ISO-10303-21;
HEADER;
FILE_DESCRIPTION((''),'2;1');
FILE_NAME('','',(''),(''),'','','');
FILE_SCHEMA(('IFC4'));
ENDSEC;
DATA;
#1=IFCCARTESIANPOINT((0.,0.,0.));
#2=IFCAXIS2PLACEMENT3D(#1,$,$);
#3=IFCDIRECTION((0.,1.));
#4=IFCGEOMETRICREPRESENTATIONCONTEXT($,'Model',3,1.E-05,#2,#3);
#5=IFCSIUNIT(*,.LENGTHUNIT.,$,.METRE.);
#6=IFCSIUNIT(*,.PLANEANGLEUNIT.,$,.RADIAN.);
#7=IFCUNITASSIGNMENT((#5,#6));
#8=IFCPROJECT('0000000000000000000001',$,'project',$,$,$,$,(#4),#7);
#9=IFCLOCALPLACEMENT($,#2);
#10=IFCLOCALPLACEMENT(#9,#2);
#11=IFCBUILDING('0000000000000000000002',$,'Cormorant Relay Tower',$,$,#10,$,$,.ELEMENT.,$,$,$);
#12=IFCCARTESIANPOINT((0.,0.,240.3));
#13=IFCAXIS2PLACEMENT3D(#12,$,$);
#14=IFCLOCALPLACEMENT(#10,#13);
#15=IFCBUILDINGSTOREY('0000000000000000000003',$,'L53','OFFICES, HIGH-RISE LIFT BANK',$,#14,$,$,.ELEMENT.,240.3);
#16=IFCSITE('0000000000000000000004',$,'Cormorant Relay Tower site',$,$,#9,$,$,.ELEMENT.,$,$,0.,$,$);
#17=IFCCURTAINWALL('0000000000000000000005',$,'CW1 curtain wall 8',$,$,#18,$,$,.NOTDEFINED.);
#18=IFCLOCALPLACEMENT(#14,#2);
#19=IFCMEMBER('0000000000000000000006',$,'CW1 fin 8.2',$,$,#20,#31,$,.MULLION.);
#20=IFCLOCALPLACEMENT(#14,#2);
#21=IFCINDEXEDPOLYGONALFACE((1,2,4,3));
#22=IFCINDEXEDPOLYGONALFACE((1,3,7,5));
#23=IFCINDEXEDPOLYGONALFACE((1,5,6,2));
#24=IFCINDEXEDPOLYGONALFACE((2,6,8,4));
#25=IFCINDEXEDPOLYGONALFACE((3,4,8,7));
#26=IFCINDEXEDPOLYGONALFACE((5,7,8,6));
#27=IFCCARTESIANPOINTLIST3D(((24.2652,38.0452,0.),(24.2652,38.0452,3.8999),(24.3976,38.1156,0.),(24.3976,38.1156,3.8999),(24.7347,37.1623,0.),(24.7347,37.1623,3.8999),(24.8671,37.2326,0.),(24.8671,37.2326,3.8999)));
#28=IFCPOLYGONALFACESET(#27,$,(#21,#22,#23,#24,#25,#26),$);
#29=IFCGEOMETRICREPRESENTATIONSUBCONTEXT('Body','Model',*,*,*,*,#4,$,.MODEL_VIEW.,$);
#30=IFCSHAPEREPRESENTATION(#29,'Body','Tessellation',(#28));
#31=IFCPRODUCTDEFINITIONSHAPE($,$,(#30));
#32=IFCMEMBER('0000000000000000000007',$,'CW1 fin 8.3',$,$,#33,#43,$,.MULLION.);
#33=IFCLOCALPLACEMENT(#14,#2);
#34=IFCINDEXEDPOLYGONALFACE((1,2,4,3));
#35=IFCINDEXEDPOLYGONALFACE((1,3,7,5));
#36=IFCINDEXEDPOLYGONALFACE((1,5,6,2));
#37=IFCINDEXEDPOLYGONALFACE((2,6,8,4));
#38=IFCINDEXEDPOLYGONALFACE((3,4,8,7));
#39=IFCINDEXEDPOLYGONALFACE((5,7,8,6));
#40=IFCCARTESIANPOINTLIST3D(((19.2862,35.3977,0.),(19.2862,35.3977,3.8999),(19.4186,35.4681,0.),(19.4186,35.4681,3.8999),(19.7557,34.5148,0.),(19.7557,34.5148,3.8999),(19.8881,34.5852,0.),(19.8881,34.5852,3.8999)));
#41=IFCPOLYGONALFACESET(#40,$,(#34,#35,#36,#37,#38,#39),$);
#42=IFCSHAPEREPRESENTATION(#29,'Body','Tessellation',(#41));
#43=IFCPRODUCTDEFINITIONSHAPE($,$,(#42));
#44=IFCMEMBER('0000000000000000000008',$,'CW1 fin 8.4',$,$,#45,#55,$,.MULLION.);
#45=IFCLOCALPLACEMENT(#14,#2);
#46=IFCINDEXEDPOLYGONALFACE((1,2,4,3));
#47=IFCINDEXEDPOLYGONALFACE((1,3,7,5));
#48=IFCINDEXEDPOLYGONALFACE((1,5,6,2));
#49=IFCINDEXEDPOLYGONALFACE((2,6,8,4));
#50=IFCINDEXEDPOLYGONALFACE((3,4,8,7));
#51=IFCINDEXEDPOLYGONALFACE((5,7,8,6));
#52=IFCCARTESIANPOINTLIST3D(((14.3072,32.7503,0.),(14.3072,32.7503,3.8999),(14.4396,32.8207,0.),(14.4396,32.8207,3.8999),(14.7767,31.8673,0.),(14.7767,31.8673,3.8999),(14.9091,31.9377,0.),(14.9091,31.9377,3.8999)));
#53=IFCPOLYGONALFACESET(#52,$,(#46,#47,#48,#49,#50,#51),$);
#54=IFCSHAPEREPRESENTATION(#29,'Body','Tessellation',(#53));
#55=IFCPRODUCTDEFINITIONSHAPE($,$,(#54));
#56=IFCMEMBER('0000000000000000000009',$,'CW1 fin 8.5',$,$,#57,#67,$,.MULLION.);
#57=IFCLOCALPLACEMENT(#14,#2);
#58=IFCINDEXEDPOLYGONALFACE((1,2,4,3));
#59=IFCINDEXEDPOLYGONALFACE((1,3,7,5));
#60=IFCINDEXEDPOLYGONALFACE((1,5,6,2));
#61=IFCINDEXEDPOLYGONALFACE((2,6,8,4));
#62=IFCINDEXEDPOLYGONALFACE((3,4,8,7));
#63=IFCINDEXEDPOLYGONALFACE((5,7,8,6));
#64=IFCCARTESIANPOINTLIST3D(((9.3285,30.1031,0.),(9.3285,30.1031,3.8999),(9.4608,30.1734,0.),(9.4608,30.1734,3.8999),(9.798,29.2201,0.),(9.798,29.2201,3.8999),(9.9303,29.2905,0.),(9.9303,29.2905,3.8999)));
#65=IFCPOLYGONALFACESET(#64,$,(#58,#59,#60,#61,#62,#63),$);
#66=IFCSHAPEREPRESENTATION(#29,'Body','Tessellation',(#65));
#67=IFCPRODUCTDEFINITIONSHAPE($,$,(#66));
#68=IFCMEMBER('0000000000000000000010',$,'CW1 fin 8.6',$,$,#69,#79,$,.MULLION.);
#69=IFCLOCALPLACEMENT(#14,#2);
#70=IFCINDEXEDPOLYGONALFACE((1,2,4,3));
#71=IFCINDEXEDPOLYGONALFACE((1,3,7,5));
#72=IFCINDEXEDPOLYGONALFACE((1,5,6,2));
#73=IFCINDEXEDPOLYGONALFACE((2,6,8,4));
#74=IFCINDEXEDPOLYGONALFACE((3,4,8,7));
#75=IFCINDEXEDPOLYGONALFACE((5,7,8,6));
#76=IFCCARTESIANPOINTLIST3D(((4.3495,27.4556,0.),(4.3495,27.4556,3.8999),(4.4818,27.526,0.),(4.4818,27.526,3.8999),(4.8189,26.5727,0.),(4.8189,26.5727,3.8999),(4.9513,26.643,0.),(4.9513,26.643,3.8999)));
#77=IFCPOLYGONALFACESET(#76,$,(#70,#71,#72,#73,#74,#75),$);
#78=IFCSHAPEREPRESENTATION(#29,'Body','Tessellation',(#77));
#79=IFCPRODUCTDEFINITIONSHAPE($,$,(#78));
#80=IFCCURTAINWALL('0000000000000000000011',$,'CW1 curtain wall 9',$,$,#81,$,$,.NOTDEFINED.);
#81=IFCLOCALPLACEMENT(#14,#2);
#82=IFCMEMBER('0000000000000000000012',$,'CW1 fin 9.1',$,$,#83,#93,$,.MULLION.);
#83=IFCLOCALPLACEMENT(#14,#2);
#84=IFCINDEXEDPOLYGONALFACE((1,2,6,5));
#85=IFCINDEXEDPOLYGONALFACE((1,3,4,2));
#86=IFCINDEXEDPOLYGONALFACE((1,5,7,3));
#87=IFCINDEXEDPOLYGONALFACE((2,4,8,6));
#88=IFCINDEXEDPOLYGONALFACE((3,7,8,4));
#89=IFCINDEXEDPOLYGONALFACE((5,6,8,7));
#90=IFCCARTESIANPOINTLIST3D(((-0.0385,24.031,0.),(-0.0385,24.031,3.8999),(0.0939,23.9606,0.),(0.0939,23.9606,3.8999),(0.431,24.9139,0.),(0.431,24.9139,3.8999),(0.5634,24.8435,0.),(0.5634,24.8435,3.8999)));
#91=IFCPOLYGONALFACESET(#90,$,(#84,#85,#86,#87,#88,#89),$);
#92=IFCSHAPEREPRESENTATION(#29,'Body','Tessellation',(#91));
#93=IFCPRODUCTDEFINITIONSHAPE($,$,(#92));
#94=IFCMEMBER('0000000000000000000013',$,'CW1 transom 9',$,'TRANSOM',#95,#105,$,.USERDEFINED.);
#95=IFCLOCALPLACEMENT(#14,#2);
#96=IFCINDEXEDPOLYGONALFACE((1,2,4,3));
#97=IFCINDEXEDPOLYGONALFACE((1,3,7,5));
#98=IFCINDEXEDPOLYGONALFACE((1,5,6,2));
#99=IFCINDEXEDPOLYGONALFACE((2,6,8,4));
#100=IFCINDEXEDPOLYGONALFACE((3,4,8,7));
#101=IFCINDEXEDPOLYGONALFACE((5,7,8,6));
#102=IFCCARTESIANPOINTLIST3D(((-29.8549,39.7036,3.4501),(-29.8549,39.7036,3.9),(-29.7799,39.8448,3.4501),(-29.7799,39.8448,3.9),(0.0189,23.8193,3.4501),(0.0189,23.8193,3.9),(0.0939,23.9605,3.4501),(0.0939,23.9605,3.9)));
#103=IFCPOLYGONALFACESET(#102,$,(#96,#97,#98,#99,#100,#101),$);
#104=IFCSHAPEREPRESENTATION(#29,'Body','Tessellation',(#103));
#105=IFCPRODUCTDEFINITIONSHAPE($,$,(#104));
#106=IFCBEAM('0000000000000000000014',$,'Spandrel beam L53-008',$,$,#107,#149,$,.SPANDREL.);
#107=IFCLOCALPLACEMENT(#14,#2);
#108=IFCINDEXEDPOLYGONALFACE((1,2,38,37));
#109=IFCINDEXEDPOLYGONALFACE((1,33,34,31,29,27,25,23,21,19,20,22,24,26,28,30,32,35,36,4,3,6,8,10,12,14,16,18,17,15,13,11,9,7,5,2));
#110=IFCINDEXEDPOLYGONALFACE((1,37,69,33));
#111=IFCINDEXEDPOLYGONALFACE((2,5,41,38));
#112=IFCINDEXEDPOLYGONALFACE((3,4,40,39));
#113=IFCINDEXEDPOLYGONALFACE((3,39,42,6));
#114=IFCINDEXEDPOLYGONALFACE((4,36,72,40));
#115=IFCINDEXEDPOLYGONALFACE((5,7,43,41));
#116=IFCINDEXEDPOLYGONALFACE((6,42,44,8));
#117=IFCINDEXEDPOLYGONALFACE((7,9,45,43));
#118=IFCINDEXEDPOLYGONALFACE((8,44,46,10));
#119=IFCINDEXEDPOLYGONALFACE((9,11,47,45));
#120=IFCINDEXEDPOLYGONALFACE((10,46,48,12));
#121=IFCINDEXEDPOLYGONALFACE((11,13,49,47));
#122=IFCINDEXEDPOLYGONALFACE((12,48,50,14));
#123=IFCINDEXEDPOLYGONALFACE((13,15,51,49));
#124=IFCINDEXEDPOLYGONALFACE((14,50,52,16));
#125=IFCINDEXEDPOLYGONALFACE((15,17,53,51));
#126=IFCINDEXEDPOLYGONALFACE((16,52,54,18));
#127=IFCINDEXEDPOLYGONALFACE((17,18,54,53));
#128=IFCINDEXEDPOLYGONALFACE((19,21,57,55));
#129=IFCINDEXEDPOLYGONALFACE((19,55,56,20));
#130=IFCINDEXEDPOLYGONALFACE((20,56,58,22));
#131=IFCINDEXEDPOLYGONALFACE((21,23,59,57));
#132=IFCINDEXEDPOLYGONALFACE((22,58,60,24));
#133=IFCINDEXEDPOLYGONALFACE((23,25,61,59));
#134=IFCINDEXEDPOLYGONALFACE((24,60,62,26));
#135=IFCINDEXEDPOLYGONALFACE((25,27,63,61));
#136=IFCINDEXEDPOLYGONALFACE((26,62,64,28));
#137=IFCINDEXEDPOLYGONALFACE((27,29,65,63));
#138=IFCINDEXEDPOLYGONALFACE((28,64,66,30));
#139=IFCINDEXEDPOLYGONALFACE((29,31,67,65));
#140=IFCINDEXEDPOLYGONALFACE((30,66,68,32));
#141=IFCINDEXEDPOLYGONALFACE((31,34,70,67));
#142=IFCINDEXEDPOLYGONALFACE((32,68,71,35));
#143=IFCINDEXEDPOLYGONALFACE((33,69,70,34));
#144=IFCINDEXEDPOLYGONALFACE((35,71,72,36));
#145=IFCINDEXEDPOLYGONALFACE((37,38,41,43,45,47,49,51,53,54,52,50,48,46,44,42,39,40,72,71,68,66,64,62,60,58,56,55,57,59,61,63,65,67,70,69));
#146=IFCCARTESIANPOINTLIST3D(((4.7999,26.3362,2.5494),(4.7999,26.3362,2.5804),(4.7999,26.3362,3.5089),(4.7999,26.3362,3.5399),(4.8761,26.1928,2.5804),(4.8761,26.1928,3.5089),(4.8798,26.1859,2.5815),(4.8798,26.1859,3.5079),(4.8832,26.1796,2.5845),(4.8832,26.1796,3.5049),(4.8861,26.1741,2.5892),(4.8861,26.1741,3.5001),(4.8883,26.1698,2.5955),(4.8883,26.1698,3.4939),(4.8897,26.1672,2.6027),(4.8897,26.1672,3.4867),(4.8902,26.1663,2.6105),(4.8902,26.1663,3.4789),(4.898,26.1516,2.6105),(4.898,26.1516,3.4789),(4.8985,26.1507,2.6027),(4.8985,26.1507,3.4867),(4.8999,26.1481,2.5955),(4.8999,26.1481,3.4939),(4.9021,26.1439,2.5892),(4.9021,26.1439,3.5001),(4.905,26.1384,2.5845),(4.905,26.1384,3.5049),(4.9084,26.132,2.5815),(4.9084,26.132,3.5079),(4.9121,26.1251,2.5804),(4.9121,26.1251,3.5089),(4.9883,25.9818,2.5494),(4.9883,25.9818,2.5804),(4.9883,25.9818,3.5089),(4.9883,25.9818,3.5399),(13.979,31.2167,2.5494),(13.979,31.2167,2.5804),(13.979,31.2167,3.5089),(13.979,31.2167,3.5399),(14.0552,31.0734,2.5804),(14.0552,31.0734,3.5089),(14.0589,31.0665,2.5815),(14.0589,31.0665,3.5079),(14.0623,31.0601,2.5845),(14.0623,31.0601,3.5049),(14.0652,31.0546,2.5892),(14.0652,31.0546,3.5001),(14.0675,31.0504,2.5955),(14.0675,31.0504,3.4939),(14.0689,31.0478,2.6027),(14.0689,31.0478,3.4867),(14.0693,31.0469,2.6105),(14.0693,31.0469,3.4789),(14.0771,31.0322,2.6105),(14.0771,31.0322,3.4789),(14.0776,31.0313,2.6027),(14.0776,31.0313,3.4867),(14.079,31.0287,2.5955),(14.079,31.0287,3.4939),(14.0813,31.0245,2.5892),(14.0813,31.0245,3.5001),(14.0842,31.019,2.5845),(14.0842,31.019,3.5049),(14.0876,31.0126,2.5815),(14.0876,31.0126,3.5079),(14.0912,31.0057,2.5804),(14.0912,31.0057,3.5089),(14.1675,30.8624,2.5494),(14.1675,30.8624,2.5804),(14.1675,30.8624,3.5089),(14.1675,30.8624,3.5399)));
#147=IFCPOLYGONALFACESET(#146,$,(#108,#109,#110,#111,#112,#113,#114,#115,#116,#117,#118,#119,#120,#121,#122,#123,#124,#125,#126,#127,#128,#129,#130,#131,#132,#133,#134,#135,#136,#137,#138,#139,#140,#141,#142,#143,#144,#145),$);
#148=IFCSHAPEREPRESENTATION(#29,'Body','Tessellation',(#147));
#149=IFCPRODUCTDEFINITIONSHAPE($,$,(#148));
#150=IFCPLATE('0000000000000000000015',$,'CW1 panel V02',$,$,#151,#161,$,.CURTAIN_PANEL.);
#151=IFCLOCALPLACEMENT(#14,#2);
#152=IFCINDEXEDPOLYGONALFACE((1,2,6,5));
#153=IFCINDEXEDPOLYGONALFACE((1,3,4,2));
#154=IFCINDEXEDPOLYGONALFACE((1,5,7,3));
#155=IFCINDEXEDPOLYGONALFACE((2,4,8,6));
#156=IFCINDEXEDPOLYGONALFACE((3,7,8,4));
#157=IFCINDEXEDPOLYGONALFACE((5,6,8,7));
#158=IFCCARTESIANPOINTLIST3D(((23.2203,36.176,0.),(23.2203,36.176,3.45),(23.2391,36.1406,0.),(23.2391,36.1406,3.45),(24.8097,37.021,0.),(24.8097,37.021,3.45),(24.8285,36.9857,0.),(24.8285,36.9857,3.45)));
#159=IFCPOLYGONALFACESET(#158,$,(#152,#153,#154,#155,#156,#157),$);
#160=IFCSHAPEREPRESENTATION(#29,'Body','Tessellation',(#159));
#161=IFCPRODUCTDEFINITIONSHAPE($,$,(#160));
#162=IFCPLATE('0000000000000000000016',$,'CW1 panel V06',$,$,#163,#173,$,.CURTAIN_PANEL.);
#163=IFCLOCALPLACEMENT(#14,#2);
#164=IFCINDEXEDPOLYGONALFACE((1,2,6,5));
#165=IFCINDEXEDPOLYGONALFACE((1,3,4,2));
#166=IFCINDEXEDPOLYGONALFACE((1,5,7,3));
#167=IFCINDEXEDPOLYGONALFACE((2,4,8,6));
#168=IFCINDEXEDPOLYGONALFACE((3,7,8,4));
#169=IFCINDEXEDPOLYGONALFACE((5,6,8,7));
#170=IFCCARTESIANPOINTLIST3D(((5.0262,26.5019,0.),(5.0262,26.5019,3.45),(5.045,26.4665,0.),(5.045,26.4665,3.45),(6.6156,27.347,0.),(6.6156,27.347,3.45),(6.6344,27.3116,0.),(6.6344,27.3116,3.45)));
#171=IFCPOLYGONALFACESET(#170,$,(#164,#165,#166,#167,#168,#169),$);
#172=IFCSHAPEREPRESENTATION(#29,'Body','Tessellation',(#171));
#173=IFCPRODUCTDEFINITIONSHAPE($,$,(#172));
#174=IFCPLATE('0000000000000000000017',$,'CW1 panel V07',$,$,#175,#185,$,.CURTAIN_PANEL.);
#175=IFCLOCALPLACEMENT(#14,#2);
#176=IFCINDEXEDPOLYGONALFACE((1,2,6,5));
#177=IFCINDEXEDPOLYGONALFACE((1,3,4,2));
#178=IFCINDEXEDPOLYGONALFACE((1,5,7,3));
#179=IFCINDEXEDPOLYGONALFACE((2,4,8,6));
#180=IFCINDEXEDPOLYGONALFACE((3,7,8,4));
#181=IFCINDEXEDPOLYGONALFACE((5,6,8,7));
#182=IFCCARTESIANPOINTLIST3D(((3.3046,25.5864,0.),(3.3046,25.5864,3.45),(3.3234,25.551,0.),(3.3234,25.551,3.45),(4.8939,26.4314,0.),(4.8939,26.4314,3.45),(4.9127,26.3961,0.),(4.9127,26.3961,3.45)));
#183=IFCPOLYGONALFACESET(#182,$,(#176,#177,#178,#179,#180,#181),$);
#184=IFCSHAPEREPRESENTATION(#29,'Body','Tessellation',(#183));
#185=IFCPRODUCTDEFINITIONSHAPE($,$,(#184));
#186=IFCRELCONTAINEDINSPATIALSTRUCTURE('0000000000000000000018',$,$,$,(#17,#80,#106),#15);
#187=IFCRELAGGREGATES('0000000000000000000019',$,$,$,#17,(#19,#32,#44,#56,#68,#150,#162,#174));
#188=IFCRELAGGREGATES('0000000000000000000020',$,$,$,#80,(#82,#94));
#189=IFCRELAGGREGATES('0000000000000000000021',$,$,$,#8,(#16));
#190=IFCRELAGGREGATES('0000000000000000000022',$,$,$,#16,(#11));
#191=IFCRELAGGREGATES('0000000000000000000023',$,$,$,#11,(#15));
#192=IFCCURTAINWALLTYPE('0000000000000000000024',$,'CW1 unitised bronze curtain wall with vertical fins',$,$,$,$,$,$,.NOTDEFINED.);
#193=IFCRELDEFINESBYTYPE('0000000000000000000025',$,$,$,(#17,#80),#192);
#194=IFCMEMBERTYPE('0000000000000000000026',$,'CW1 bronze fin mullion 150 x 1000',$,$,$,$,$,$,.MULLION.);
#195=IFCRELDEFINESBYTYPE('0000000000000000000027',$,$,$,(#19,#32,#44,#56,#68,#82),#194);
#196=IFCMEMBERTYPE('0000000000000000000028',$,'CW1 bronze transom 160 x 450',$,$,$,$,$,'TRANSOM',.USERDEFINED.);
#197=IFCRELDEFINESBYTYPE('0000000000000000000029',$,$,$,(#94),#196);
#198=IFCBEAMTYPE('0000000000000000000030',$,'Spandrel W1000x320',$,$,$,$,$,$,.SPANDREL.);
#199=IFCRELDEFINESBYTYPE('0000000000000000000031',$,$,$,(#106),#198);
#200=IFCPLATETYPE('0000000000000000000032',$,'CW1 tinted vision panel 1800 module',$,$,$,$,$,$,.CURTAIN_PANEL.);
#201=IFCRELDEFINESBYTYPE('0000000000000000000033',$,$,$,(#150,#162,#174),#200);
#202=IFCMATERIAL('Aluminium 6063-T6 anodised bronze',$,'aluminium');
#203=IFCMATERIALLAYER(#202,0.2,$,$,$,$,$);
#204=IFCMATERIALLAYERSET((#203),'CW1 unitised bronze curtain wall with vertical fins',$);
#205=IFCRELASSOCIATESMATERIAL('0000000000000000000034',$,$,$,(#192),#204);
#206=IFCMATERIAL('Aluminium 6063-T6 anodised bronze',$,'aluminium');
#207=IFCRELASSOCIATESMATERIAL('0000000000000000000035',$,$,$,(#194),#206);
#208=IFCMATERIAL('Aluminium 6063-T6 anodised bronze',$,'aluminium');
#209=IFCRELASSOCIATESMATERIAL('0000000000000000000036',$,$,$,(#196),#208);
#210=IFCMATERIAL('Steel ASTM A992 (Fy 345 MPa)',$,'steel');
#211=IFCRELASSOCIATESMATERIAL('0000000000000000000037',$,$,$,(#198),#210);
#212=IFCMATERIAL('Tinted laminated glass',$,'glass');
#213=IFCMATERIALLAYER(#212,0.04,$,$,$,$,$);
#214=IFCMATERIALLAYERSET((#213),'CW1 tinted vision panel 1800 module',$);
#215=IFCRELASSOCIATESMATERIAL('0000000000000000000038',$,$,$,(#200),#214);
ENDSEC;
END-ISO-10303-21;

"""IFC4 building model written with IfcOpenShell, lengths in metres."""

from ifc_helpers import new_model, si_unit, direction, frame, origin, origin_2d, place, context, subcontext, project, spatial, rectangle, i_section, extrude, material, layer, layer_set, material_profile, profile_set, type_object, element, aggregate, save


model = new_model("IFC4")

# Units and contexts
model_context = context("Model", 3, precision=1e-05, world=origin(), true_north=direction((0.0, 1.0)))
body_context = subcontext(model_context, "Body", "Model", "MODEL_VIEW")
ifc_project = project(units=[si_unit("LENGTHUNIT", "METRE"), si_unit("PLANEANGLEUNIT", "RADIAN")], contexts=[model_context])

# Site, building, storey
site_placement = place(None, origin())
site = spatial("IfcSite", under=ifc_project, at=site_placement, Name="Cormorant Relay Tower site", CompositionType="ELEMENT", RefElevation=0.0)
building_placement = place(site_placement, origin())
building = spatial("IfcBuilding", under=site, at=building_placement, Name="Cormorant Relay Tower", CompositionType="ELEMENT")
storey_placement = place(building_placement, frame((0.0, 0.0, 240.3)))
storey = spatial("IfcBuildingStorey", under=building, at=storey_placement, Name="L53", Description="OFFICES, HIGH-RISE LIFT BANK", CompositionType="ELEMENT", Elevation=240.3)

# Curtain walls, members
ifc_material_1 = material(Name="Aluminium 6063-T6 anodised bronze", Category="aluminium")
ifc_layer_1 = layer(ifc_material_1, 0.2)
ifc_layer_set_1 = layer_set([ifc_layer_1], Name="CW1 unitised bronze curtain wall with vertical fins")
curtain_wall_type = type_object("IfcCurtainWallType", Name="CW1 unitised bronze curtain wall with vertical fins", PredefinedType="NOTDEFINED", material=ifc_layer_set_1)
curtain_wall_1_placement = place(storey_placement, origin())
curtain_wall_1 = element("IfcCurtainWall", 1, at=curtain_wall_1_placement, inside=storey, type_object=curtain_wall_type, Name="CW1 curtain wall 8", PredefinedType="NOTDEFINED")
ifc_material_2 = material(Name="Aluminium 6063-T6 anodised bronze", Category="aluminium")
ifc_material_profile_1 = material_profile(ifc_material_2, rectangle(XDim=0.1499, YDim=1.0, at=origin_2d()), Name="AL 150x1000")
ifc_profile_set_1 = profile_set([ifc_material_profile_1], Name="Aluminium 6063-T6 anodised bronze")
member_type_1 = type_object("IfcMemberType", Name="CW1 bronze fin mullion 150 x 1000", PredefinedType="MULLION", material=ifc_profile_set_1)
member_1_placement = place(storey_placement, frame((24.5662, 37.6389, 0.0), z_axis=(0.0, 0.0, 1.0), x_axis=(-0.882948, -0.469472, 0.0)))
member_1 = element("IfcMember", 2, at=member_1_placement, type_object=member_type_1, Name="CW1 fin 8.2", PredefinedType="MULLION", context=body_context, shape_type="SweptSolid", body=[
    extrude(rectangle(XDim=0.1499, YDim=1.0, at=origin_2d()), origin(), (0.0, 0.0, 1.0), 3.8999),
])
member_2_placement = place(storey_placement, frame((19.5872, 34.9915, 0.0), z_axis=(0.0, 0.0, 1.0), x_axis=(-0.882948, -0.469472, 0.0)))
member_2 = element("IfcMember", 3, at=member_2_placement, type_object=member_type_1, Name="CW1 fin 8.3", PredefinedType="MULLION", context=body_context, shape_type="SweptSolid", body=[
    extrude(rectangle(XDim=0.1499, YDim=1.0, at=origin_2d()), origin(), (0.0, 0.0, 1.0), 3.8999),
])
member_3_placement = place(storey_placement, frame((14.6082, 32.344, 0.0), z_axis=(0.0, 0.0, 1.0), x_axis=(-0.882948, -0.469472, 0.0)))
member_3 = element("IfcMember", 4, at=member_3_placement, type_object=member_type_1, Name="CW1 fin 8.4", PredefinedType="MULLION", context=body_context, shape_type="SweptSolid", body=[
    extrude(rectangle(XDim=0.1499, YDim=1.0, at=origin_2d()), origin(), (0.0, 0.0, 1.0), 3.8999),
])
member_4_placement = place(storey_placement, frame((9.6294, 29.6968, 0.0), z_axis=(0.0, 0.0, 1.0), x_axis=(-0.882948, -0.469472, 0.0)))
member_4 = element("IfcMember", 5, at=member_4_placement, type_object=member_type_1, Name="CW1 fin 8.5", PredefinedType="MULLION", context=body_context, shape_type="SweptSolid", body=[
    extrude(rectangle(XDim=0.1499, YDim=1.0, at=origin_2d()), origin(), (0.0, 0.0, 1.0), 3.8999),
])
member_5_placement = place(storey_placement, frame((4.6504, 27.0493, 0.0), z_axis=(0.0, 0.0, 1.0), x_axis=(-0.882948, -0.469472, 0.0)))
member_5 = element("IfcMember", 6, at=member_5_placement, type_object=member_type_1, Name="CW1 fin 8.6", PredefinedType="MULLION", context=body_context, shape_type="SweptSolid", body=[
    extrude(rectangle(XDim=0.1499, YDim=1.0, at=origin_2d()), origin(), (0.0, 0.0, 1.0), 3.8999),
])
curtain_wall_2_placement = place(storey_placement, origin())
curtain_wall_2 = element("IfcCurtainWall", 7, at=curtain_wall_2_placement, inside=storey, type_object=curtain_wall_type, Name="CW1 curtain wall 9", PredefinedType="NOTDEFINED")
member_6_placement = place(storey_placement, frame((0.2625, 24.4373, 0.0), z_axis=(0.0, 0.0, 1.0), x_axis=(-0.882948, 0.469472, 0.0)))
member_6 = element("IfcMember", 8, at=member_6_placement, type_object=member_type_1, Name="CW1 fin 9.1", PredefinedType="MULLION", context=body_context, shape_type="SweptSolid", body=[
    extrude(rectangle(XDim=0.1499, YDim=1.0, at=origin_2d()), origin(), (0.0, 0.0, 1.0), 3.8999),
])
ifc_material_3 = material(Name="Aluminium 6063-T6 anodised bronze", Category="aluminium")
ifc_material_profile_2 = material_profile(ifc_material_3, rectangle(XDim=0.1599, YDim=0.45, at=origin_2d()), Name="AL 160x450")
ifc_profile_set_2 = profile_set([ifc_material_profile_2], Name="Aluminium 6063-T6 anodised bronze")
member_type_2 = type_object("IfcMemberType", Name="CW1 bronze transom 160 x 450", ElementType="TRANSOM", PredefinedType="USERDEFINED", material=ifc_profile_set_2)
member_7_placement = place(storey_placement, frame((0.0564, 23.8899, 3.675), z_axis=(-0.882946, 0.469474, 0.0), x_axis=(-0.469474, -0.882946, 0.0)))
member_7 = element("IfcMember", 9, at=member_7_placement, type_object=member_type_2, Name="CW1 transom 9", ObjectType="TRANSOM", PredefinedType="USERDEFINED", context=body_context, shape_type="SweptSolid", body=[
    extrude(rectangle(XDim=0.1599, YDim=0.45, at=origin_2d()), origin(), (0.0, 0.0, 1.0), 33.8342),
])

# Beam
ifc_material_4 = material(Name="Steel ASTM A992 (Fy 345 MPa)", Category="steel")
ifc_material_profile_3 = material_profile(ifc_material_4, i_section(OverallWidth=0.4014, OverallDepth=0.9905, WebThickness=0.0166, FlangeThickness=0.031, FilletRadius=0.03, at=origin_2d()), Name="W1000x320")
ifc_profile_set_3 = profile_set([ifc_material_profile_3], Name="Steel ASTM A992 (Fy 345 MPa)")
beam_type = type_object("IfcBeamType", Name="Spandrel W1000x320", PredefinedType="SPANDREL", material=ifc_profile_set_3)
beam_placement = place(storey_placement, frame((14.0732, 31.0396, 3.0447), z_axis=(-0.88295, -0.469468, 0.0), x_axis=(0.469468, -0.88295, 0.0)))
element("IfcBeam", 10, at=beam_placement, inside=storey, type_object=beam_type, Name="Spandrel beam L53-008", PredefinedType="SPANDREL", context=body_context, shape_type="SweptSolid", body=[
    extrude(i_section(OverallWidth=0.4014, OverallDepth=0.9905, WebThickness=0.0166, FlangeThickness=0.031, FilletRadius=0.03, at=origin_2d()), origin(), (0.0, 0.0, 1.0), 10.396),
])

# Plates
ifc_material_5 = material(Name="Tinted laminated glass", Category="glass")
ifc_layer_2 = layer(ifc_material_5, 0.04)
ifc_layer_set_2 = layer_set([ifc_layer_2], Name="CW1 tinted vision panel 1800 module")
plate_type_1 = type_object("IfcPlateType", Name="CW1 tinted vision panel 1800 module", PredefinedType="CURTAIN_PANEL", material=ifc_layer_set_2)
plate_1_placement = place(storey_placement, frame((24.0244, 36.5808, 0.0), z_axis=(0.0, 0.0, 1.0), x_axis=(-0.882948, -0.469472, 0.0)))
plate_1 = element("IfcPlate", 11, at=plate_1_placement, type_object=plate_type_1, Name="CW1 panel V02", PredefinedType="CURTAIN_PANEL", context=body_context, shape_type="SweptSolid", body=[
    extrude(rectangle(XDim=1.8, YDim=0.04, at=origin_2d()), origin(), (0.0, 0.0, 1.0), 3.45),
])
plate_2_placement = place(storey_placement, frame((5.8303, 26.9067, 0.0), z_axis=(0.0, 0.0, 1.0), x_axis=(-0.882948, -0.469472, 0.0)))
plate_2 = element("IfcPlate", 12, at=plate_2_placement, type_object=plate_type_1, Name="CW1 panel V06", PredefinedType="CURTAIN_PANEL", context=body_context, shape_type="SweptSolid", body=[
    extrude(rectangle(XDim=1.8, YDim=0.04, at=origin_2d()), origin(), (0.0, 0.0, 1.0), 3.45),
])
plate_3_placement = place(storey_placement, frame((4.1086, 25.9912, 0.0), z_axis=(0.0, 0.0, 1.0), x_axis=(-0.882948, -0.469472, 0.0)))
plate_3 = element("IfcPlate", 13, at=plate_3_placement, type_object=plate_type_1, Name="CW1 panel V07", PredefinedType="CURTAIN_PANEL", context=body_context, shape_type="SweptSolid", body=[
    extrude(rectangle(XDim=1.8, YDim=0.04, at=origin_2d()), origin(), (0.0, 0.0, 1.0), 3.45),
])

aggregate(curtain_wall_1, [member_1, member_2, member_3, member_4, member_5, plate_1, plate_2, plate_3])
aggregate(curtain_wall_2, [member_6, member_7])

save(model, "model.ifc")
